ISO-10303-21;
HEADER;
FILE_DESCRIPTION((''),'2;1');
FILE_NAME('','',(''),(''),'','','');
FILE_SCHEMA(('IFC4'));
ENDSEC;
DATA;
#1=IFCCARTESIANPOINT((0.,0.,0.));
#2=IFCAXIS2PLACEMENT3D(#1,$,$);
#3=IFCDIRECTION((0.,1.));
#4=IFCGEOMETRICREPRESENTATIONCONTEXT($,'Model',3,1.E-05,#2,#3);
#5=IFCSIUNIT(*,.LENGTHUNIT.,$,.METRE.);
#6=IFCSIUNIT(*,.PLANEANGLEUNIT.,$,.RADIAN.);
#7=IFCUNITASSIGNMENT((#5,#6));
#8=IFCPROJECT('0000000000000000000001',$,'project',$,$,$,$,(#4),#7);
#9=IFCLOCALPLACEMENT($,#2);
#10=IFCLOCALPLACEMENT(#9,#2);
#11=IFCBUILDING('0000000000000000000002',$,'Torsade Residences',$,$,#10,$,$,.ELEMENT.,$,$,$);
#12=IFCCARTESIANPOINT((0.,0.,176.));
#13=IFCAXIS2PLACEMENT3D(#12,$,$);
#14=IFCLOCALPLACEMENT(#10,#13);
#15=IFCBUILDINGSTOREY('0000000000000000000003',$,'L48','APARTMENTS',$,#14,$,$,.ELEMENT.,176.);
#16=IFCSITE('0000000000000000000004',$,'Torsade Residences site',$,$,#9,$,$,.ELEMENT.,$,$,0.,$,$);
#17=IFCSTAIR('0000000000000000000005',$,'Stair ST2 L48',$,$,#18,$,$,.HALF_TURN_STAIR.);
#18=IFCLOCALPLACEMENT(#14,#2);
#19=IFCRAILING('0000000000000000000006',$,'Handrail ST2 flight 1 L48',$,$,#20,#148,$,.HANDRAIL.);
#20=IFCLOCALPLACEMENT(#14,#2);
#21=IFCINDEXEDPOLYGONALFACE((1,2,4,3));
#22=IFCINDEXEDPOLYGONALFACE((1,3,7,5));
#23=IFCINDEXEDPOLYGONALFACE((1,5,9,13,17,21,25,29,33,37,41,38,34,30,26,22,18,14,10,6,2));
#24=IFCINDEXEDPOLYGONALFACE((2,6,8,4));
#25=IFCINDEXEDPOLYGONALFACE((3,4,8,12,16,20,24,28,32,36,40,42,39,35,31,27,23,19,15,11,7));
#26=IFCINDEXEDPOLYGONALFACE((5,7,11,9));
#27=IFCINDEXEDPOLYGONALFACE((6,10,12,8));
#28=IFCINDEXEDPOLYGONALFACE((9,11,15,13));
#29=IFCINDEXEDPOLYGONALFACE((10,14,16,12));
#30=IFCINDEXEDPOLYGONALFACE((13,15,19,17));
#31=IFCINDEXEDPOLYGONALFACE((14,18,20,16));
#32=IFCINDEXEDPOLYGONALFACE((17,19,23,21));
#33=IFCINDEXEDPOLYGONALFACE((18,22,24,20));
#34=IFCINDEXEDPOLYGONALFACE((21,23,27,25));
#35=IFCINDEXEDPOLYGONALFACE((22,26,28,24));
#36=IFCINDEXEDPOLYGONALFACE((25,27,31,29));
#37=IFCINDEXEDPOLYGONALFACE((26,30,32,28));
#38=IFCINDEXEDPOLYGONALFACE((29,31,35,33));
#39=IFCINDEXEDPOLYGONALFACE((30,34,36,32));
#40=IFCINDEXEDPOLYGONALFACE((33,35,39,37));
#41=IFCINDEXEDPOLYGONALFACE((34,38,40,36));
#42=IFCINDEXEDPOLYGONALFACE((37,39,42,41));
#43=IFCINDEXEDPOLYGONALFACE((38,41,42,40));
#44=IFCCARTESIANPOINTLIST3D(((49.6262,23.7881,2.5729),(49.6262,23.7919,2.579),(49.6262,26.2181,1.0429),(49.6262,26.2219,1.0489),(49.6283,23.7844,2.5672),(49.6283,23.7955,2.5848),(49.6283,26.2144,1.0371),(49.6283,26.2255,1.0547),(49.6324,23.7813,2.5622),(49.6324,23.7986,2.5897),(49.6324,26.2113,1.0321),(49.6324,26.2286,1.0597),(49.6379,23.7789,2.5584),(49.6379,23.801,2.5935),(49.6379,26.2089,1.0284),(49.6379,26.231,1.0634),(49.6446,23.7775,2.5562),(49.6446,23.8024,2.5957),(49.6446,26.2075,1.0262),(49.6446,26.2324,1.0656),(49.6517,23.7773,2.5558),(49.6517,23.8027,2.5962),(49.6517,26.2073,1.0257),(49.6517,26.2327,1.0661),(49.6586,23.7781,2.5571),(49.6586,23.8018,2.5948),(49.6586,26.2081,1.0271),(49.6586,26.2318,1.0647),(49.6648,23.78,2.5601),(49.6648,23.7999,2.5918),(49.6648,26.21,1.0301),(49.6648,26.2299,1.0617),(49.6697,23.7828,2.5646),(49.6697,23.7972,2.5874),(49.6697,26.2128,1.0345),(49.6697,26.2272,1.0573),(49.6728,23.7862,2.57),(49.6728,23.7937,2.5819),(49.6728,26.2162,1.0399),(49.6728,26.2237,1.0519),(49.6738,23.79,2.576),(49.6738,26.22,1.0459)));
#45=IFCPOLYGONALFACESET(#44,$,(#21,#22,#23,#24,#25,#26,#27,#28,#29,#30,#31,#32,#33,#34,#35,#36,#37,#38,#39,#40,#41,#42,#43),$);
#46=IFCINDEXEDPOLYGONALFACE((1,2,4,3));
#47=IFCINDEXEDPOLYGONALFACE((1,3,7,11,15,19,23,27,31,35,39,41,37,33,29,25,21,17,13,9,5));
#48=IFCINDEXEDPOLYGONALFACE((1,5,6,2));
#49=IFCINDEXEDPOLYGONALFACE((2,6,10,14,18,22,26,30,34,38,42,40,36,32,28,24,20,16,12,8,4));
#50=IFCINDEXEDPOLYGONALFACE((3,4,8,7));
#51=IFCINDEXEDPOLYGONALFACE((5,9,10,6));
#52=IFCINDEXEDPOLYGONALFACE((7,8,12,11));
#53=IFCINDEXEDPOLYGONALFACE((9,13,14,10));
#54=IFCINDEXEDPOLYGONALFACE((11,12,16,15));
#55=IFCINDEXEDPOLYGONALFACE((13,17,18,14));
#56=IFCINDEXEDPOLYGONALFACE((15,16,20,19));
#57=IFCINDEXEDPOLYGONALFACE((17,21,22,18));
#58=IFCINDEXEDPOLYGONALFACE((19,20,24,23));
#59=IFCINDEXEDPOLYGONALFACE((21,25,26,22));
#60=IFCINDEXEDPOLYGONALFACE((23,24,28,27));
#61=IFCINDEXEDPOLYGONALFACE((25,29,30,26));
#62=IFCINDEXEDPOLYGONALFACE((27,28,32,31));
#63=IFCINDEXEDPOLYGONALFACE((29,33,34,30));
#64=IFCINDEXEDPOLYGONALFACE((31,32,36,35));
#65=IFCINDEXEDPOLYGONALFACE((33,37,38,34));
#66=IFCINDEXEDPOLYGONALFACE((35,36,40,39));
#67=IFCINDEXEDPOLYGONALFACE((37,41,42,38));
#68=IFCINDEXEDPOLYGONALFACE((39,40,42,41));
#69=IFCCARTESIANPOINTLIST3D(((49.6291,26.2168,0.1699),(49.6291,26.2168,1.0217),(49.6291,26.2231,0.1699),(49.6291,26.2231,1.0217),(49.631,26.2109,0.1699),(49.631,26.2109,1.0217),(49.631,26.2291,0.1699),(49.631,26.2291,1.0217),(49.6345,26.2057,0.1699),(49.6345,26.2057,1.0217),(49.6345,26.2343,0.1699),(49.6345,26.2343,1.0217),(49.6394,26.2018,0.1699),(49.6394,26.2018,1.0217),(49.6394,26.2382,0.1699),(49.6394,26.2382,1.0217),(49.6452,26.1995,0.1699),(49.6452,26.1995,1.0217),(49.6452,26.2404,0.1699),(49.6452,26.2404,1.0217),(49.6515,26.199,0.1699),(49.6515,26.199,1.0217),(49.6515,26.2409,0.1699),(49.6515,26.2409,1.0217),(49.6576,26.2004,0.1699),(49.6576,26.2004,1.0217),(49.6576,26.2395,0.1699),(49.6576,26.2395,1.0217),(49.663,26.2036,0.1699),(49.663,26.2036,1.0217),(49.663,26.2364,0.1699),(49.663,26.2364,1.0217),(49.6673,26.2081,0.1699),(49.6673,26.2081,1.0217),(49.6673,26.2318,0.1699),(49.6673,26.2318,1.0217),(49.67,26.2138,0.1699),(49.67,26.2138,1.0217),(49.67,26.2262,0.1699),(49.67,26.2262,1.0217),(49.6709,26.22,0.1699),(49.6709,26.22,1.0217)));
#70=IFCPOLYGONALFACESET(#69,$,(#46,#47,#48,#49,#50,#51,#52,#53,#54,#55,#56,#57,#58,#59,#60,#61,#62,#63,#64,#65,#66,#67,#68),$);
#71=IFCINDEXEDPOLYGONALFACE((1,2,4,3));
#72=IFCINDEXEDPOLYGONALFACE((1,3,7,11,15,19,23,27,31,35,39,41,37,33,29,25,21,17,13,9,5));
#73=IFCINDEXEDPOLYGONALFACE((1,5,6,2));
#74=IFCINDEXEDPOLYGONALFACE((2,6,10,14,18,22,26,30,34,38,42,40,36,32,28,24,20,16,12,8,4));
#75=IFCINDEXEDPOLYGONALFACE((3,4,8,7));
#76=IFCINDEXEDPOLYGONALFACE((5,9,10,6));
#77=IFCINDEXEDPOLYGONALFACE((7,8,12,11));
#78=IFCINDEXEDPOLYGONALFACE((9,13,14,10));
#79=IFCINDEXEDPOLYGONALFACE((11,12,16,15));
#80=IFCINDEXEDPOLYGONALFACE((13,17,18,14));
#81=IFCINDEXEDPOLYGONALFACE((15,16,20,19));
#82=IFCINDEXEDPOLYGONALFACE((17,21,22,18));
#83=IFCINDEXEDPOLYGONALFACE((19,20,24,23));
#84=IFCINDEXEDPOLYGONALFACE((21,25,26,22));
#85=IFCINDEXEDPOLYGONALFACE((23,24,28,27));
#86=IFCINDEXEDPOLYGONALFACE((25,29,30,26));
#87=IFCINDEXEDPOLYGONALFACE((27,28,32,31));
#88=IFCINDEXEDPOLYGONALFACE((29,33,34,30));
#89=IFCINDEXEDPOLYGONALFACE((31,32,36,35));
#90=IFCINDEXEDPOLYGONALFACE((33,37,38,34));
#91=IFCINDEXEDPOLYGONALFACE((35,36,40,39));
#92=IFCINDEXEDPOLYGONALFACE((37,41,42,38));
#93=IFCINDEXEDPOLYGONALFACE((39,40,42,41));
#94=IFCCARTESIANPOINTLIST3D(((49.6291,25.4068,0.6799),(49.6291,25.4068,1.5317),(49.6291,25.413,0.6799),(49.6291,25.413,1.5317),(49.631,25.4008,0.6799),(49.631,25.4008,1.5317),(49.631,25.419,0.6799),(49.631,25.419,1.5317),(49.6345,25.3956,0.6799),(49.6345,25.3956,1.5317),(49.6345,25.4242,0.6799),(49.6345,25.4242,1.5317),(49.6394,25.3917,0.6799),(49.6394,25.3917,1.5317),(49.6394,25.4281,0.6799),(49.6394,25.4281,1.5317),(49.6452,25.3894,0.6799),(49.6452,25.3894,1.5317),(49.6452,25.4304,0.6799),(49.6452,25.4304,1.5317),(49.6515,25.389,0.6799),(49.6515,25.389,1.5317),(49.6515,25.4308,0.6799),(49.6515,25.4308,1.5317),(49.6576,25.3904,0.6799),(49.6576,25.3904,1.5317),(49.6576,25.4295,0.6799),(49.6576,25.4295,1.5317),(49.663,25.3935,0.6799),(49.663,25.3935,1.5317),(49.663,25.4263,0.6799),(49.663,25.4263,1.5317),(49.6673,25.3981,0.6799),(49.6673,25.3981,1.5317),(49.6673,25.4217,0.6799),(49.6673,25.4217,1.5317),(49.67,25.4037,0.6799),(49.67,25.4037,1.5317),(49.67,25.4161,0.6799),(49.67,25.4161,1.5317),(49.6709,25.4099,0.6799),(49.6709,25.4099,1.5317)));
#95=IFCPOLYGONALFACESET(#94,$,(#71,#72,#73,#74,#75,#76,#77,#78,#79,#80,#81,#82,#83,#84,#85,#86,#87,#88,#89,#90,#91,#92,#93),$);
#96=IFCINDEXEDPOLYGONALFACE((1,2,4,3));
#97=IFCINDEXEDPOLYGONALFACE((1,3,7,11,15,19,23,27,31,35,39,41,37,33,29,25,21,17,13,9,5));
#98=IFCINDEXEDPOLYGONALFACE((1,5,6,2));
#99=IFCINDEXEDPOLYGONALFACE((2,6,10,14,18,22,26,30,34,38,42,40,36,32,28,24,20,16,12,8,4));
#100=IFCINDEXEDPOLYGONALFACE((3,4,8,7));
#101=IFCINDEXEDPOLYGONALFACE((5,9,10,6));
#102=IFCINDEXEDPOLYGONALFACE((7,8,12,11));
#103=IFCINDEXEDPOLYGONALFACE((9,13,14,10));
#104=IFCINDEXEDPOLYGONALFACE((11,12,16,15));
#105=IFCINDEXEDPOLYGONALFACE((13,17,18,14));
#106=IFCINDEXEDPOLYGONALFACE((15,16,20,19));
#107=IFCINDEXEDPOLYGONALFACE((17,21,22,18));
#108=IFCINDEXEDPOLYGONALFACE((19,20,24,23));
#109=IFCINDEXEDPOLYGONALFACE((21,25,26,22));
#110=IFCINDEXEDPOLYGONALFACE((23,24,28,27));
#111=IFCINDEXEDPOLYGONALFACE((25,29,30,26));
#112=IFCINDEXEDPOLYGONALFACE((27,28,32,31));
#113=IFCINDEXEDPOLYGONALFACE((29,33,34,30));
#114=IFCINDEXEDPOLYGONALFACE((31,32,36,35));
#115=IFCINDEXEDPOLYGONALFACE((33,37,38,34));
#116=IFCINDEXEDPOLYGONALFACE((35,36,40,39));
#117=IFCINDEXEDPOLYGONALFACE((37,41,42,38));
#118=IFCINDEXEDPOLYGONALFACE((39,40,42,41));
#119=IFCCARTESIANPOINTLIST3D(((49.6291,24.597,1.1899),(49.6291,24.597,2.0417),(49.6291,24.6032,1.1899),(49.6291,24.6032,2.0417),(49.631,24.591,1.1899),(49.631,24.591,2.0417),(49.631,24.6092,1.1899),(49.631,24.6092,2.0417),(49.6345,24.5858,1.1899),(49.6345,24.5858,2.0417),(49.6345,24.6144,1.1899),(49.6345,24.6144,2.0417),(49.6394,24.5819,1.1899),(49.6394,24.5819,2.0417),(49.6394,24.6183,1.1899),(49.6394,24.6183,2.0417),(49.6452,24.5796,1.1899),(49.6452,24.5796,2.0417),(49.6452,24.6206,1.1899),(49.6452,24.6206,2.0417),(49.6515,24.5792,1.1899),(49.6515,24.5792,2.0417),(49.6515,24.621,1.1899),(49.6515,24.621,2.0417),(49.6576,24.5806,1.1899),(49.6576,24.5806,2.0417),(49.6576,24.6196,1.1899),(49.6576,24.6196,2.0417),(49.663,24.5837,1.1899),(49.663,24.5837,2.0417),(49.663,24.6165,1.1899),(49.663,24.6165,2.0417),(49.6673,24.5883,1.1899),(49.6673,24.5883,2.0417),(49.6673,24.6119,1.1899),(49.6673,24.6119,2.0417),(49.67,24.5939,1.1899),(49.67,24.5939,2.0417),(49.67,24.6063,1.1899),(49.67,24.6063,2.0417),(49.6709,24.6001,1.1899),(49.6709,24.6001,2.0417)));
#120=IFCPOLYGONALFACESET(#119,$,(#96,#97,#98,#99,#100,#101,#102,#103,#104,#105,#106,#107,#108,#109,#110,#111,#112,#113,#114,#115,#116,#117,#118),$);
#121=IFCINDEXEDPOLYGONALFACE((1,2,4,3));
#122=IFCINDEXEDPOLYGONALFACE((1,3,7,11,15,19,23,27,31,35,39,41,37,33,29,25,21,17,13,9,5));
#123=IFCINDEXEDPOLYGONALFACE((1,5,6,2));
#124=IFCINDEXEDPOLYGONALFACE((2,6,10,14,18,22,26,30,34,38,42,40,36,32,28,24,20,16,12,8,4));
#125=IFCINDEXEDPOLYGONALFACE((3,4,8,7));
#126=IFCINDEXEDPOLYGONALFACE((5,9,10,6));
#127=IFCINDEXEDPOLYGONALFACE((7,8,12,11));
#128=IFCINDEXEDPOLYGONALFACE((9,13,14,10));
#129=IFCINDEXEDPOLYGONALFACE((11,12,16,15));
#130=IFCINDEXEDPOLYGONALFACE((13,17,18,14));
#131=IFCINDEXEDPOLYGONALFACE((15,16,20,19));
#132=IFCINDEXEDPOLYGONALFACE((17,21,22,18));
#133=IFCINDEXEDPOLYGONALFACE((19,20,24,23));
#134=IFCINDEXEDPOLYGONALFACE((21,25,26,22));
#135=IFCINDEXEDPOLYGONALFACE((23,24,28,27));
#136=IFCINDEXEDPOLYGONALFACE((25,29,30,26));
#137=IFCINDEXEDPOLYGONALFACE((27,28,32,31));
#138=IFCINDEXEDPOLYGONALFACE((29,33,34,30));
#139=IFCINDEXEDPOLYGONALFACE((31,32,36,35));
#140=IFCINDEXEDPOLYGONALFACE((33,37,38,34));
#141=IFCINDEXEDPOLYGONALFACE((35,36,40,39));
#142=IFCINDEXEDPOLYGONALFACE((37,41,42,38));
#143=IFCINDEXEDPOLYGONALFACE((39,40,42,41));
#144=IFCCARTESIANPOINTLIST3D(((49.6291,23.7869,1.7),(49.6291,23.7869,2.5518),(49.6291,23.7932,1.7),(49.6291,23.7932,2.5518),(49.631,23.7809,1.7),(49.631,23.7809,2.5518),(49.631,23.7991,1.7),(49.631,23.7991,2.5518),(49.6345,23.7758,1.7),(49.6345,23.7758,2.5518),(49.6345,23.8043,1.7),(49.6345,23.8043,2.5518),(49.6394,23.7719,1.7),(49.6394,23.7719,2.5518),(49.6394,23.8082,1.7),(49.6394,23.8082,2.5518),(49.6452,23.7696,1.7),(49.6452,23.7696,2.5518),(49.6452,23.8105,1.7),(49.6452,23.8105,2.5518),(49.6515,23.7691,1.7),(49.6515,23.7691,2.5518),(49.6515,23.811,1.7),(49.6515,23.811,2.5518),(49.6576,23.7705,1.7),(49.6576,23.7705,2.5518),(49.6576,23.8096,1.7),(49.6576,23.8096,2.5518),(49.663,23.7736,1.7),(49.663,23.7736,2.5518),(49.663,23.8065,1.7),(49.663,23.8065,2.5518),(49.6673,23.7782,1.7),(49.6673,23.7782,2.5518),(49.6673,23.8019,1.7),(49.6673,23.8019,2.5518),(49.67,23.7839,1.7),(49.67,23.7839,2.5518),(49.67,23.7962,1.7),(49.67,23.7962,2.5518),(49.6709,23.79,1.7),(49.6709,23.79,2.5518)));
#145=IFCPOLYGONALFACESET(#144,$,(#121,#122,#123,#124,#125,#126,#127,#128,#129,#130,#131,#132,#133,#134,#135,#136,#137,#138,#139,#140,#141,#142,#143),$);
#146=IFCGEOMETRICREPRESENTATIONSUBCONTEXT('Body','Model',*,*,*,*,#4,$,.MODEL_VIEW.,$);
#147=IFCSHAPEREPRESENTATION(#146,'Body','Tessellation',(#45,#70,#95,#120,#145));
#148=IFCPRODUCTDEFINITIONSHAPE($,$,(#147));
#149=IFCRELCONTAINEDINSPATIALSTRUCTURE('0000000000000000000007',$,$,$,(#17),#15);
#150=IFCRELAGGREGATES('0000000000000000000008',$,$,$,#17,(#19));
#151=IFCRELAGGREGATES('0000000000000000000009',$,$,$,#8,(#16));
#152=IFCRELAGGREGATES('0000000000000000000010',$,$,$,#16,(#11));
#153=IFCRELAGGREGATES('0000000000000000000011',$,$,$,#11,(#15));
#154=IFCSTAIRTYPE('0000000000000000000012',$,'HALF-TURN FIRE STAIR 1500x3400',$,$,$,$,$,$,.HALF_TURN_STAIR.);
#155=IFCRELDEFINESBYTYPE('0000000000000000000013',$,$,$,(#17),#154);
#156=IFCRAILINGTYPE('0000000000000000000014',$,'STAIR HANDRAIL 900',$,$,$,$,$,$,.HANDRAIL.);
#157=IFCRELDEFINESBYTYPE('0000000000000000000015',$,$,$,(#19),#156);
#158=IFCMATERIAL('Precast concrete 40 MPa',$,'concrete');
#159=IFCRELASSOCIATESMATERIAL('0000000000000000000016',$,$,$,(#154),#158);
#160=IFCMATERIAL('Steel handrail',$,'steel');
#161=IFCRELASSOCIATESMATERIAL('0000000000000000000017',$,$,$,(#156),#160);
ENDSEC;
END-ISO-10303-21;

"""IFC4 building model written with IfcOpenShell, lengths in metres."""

from ifc_helpers import new_model, si_unit, direction, frame, origin, origin_2d, place, context, subcontext, project, spatial, circle, extrude, material, type_object, element, aggregate, save


model = new_model("IFC4")

# Units and contexts
model_context = context("Model", 3, precision=1e-05, world=origin(), true_north=direction((0.0, 1.0)))
body_context = subcontext(model_context, "Body", "Model", "MODEL_VIEW")
ifc_project = project(units=[si_unit("LENGTHUNIT", "METRE"), si_unit("PLANEANGLEUNIT", "RADIAN")], contexts=[model_context])

# Site, building, storey
site_placement = place(None, origin())
site = spatial("IfcSite", under=ifc_project, at=site_placement, Name="Torsade Residences site", CompositionType="ELEMENT", RefElevation=0.0)
building_placement = place(site_placement, origin())
building = spatial("IfcBuilding", under=site, at=building_placement, Name="Torsade Residences", CompositionType="ELEMENT")
storey_placement = place(building_placement, frame((0.0, 0.0, 176.0)))
storey = spatial("IfcBuildingStorey", under=building, at=storey_placement, Name="L48", Description="APARTMENTS", CompositionType="ELEMENT", Elevation=176.0)

# Stair, railing
ifc_material_1 = material(Name="Precast concrete 40 MPa", Category="concrete")
stair_type = type_object("IfcStairType", Name="HALF-TURN FIRE STAIR 1500x3400", PredefinedType="HALF_TURN_STAIR", material=ifc_material_1)
stair_placement = place(storey_placement, origin())
stair = element("IfcStair", 1, at=stair_placement, inside=storey, type_object=stair_type, Name="Stair ST2 L48", PredefinedType="HALF_TURN_STAIR")
ifc_material_2 = material(Name="Steel handrail", Category="steel")
railing_type = type_object("IfcRailingType", Name="STAIR HANDRAIL 900", PredefinedType="HANDRAIL", material=ifc_material_2)
railing_1_placement = place(storey_placement, frame((49.6499, 26.22, 0.1699)))
railing_1 = element("IfcRailing", 2, at=railing_1_placement, type_object=railing_type, Name="Handrail ST2 flight 1 L48", PredefinedType="HANDRAIL", context=body_context, shape_type="SweptSolid", body=[
    extrude(circle(Radius=0.0239, at=origin_2d()), frame((0.0, 0.0, 0.876), z_axis=(0.0, -0.846221, 0.532831), x_axis=(1.0, 0.0, 0.0)), (0.0, 0.0, 1.0), 2.8716),
    extrude(circle(Radius=0.021, at=origin_2d()), origin(), (0.0, 0.0, 1.0), 0.8518),
    extrude(circle(Radius=0.021, at=origin_2d()), frame((0.0, -0.8101, 0.51)), (0.0, 0.0, 1.0), 0.8518),
    extrude(circle(Radius=0.021, at=origin_2d()), frame((0.0, -1.6199, 1.02)), (0.0, 0.0, 1.0), 0.8518),
    extrude(circle(Radius=0.021, at=origin_2d()), frame((0.0, -2.4299, 1.53)), (0.0, 0.0, 1.0), 0.8518),
])
aggregate(stair, [railing_1])

save(model, "model.ifc")
